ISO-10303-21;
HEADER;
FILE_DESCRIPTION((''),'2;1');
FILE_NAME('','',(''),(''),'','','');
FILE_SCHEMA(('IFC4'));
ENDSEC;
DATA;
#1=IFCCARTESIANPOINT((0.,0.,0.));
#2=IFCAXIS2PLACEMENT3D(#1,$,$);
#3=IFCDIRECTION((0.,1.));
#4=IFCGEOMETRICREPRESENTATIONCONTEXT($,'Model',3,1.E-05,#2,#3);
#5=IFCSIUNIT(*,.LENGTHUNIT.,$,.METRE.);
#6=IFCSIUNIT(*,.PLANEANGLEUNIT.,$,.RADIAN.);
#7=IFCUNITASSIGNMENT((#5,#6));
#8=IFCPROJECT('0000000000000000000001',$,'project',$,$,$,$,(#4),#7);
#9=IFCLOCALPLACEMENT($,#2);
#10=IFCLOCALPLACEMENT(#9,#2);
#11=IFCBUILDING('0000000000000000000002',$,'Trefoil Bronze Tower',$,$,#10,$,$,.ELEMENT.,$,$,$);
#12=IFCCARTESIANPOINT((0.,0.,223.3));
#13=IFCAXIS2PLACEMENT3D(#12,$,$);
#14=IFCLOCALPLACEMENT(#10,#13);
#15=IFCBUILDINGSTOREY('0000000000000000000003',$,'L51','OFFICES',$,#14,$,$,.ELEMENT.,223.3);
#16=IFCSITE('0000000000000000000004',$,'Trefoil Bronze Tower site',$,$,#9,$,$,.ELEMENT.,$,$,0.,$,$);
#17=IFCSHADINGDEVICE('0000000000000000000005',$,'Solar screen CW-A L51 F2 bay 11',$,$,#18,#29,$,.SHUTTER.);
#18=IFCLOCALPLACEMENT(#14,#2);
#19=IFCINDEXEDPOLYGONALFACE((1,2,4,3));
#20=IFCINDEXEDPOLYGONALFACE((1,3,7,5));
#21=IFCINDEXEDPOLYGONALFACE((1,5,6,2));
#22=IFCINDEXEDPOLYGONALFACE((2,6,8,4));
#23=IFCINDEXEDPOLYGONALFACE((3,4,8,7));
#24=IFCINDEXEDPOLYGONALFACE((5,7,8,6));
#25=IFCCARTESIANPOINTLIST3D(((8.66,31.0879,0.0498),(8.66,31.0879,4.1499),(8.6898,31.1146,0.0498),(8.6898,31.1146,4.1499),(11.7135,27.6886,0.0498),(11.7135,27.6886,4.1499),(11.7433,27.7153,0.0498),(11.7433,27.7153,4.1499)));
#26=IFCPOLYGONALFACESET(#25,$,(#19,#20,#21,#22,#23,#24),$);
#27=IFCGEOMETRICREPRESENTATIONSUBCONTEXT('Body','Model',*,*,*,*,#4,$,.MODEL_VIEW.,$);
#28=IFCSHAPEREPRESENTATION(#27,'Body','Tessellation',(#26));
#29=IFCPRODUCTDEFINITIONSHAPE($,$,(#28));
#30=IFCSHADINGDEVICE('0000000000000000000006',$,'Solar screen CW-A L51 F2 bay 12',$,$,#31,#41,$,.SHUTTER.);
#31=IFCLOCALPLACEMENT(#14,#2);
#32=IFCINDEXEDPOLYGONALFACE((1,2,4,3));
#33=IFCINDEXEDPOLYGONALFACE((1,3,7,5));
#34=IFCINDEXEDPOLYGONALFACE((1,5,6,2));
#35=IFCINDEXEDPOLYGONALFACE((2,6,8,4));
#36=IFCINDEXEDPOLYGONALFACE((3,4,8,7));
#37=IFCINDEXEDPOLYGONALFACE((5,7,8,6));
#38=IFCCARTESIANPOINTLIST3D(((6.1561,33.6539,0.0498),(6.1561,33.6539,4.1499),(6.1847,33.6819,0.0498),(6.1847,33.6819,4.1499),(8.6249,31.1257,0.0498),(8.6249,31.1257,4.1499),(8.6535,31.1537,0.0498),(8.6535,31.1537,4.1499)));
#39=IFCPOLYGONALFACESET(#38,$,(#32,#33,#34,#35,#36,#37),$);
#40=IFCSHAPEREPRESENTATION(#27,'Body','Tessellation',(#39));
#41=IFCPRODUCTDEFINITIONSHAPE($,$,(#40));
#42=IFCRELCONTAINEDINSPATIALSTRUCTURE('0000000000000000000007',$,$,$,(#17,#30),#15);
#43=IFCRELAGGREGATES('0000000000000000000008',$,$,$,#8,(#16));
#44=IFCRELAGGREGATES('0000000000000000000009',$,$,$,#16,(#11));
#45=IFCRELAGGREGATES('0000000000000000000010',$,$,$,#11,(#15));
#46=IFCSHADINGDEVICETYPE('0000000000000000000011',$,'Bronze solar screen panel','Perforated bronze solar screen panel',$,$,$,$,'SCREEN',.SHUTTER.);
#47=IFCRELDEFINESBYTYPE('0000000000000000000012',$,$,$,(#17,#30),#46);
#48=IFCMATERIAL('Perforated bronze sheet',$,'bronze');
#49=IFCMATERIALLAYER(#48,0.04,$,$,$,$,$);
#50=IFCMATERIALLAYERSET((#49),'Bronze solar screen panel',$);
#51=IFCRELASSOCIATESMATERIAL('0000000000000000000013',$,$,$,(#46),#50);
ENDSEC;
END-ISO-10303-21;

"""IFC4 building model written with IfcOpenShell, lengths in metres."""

from ifc_helpers import new_model, si_unit, direction, frame, origin, origin_2d, place, context, subcontext, project, spatial, rectangle, extrude, material, layer, layer_set, type_object, element, save


model = new_model("IFC4")

# Units and contexts
model_context = context("Model", 3, precision=1e-05, world=origin(), true_north=direction((0.0, 1.0)))
body_context = subcontext(model_context, "Body", "Model", "MODEL_VIEW")
ifc_project = project(units=[si_unit("LENGTHUNIT", "METRE"), si_unit("PLANEANGLEUNIT", "RADIAN")], contexts=[model_context])

# Site, building, storey
site_placement = place(None, origin())
site = spatial("IfcSite", under=ifc_project, at=site_placement, Name="Trefoil Bronze Tower site", CompositionType="ELEMENT", RefElevation=0.0)
building_placement = place(site_placement, origin())
building = spatial("IfcBuilding", under=site, at=building_placement, Name="Trefoil Bronze Tower", CompositionType="ELEMENT")
storey_placement = place(building_placement, frame((0.0, 0.0, 223.3)))
storey = spatial("IfcBuildingStorey", under=building, at=storey_placement, Name="L51", Description="OFFICES", CompositionType="ELEMENT", Elevation=223.3)

# Shading devices
ifc_material_1 = material(Name="Perforated bronze sheet", Category="bronze")
ifc_layer_1 = layer(ifc_material_1, 0.04)
ifc_layer_set_1 = layer_set([ifc_layer_1], Name="Bronze solar screen panel")
shading_device_type = type_object("IfcShadingDeviceType", Name="Bronze solar screen panel", Description="Perforated bronze solar screen panel", ElementType="SCREEN", PredefinedType="SHUTTER", material=ifc_layer_set_1)
shading_device_1_placement = place(storey_placement, frame((10.2017, 29.4016, 0.0498), z_axis=(0.0, 0.0, 1.0), x_axis=(-0.668246, 0.743941, 0.0)))
element("IfcShadingDevice", 1, at=shading_device_1_placement, inside=storey, type_object=shading_device_type, Name="Solar screen CW-A L51 F2 bay 11", PredefinedType="SHUTTER", context=body_context, shape_type="SweptSolid", body=[
    extrude(rectangle(XDim=4.5693, YDim=0.04, at=origin_2d()), origin(), (0.0, 0.0, 1.0), 4.1001),
])
shading_device_2_placement = place(storey_placement, frame((7.4048, 32.4038, 0.0498), z_axis=(0.0, 0.0, 1.0), x_axis=(-0.698652, 0.715462, 0.0)))
element("IfcShadingDevice", 2, at=shading_device_2_placement, inside=storey, type_object=shading_device_type, Name="Solar screen CW-A L51 F2 bay 12", PredefinedType="SHUTTER", context=body_context, shape_type="SweptSolid", body=[
    extrude(rectangle(XDim=3.5337, YDim=0.04, at=origin_2d()), origin(), (0.0, 0.0, 1.0), 4.1001),
])

save(model, "model.ifc")
